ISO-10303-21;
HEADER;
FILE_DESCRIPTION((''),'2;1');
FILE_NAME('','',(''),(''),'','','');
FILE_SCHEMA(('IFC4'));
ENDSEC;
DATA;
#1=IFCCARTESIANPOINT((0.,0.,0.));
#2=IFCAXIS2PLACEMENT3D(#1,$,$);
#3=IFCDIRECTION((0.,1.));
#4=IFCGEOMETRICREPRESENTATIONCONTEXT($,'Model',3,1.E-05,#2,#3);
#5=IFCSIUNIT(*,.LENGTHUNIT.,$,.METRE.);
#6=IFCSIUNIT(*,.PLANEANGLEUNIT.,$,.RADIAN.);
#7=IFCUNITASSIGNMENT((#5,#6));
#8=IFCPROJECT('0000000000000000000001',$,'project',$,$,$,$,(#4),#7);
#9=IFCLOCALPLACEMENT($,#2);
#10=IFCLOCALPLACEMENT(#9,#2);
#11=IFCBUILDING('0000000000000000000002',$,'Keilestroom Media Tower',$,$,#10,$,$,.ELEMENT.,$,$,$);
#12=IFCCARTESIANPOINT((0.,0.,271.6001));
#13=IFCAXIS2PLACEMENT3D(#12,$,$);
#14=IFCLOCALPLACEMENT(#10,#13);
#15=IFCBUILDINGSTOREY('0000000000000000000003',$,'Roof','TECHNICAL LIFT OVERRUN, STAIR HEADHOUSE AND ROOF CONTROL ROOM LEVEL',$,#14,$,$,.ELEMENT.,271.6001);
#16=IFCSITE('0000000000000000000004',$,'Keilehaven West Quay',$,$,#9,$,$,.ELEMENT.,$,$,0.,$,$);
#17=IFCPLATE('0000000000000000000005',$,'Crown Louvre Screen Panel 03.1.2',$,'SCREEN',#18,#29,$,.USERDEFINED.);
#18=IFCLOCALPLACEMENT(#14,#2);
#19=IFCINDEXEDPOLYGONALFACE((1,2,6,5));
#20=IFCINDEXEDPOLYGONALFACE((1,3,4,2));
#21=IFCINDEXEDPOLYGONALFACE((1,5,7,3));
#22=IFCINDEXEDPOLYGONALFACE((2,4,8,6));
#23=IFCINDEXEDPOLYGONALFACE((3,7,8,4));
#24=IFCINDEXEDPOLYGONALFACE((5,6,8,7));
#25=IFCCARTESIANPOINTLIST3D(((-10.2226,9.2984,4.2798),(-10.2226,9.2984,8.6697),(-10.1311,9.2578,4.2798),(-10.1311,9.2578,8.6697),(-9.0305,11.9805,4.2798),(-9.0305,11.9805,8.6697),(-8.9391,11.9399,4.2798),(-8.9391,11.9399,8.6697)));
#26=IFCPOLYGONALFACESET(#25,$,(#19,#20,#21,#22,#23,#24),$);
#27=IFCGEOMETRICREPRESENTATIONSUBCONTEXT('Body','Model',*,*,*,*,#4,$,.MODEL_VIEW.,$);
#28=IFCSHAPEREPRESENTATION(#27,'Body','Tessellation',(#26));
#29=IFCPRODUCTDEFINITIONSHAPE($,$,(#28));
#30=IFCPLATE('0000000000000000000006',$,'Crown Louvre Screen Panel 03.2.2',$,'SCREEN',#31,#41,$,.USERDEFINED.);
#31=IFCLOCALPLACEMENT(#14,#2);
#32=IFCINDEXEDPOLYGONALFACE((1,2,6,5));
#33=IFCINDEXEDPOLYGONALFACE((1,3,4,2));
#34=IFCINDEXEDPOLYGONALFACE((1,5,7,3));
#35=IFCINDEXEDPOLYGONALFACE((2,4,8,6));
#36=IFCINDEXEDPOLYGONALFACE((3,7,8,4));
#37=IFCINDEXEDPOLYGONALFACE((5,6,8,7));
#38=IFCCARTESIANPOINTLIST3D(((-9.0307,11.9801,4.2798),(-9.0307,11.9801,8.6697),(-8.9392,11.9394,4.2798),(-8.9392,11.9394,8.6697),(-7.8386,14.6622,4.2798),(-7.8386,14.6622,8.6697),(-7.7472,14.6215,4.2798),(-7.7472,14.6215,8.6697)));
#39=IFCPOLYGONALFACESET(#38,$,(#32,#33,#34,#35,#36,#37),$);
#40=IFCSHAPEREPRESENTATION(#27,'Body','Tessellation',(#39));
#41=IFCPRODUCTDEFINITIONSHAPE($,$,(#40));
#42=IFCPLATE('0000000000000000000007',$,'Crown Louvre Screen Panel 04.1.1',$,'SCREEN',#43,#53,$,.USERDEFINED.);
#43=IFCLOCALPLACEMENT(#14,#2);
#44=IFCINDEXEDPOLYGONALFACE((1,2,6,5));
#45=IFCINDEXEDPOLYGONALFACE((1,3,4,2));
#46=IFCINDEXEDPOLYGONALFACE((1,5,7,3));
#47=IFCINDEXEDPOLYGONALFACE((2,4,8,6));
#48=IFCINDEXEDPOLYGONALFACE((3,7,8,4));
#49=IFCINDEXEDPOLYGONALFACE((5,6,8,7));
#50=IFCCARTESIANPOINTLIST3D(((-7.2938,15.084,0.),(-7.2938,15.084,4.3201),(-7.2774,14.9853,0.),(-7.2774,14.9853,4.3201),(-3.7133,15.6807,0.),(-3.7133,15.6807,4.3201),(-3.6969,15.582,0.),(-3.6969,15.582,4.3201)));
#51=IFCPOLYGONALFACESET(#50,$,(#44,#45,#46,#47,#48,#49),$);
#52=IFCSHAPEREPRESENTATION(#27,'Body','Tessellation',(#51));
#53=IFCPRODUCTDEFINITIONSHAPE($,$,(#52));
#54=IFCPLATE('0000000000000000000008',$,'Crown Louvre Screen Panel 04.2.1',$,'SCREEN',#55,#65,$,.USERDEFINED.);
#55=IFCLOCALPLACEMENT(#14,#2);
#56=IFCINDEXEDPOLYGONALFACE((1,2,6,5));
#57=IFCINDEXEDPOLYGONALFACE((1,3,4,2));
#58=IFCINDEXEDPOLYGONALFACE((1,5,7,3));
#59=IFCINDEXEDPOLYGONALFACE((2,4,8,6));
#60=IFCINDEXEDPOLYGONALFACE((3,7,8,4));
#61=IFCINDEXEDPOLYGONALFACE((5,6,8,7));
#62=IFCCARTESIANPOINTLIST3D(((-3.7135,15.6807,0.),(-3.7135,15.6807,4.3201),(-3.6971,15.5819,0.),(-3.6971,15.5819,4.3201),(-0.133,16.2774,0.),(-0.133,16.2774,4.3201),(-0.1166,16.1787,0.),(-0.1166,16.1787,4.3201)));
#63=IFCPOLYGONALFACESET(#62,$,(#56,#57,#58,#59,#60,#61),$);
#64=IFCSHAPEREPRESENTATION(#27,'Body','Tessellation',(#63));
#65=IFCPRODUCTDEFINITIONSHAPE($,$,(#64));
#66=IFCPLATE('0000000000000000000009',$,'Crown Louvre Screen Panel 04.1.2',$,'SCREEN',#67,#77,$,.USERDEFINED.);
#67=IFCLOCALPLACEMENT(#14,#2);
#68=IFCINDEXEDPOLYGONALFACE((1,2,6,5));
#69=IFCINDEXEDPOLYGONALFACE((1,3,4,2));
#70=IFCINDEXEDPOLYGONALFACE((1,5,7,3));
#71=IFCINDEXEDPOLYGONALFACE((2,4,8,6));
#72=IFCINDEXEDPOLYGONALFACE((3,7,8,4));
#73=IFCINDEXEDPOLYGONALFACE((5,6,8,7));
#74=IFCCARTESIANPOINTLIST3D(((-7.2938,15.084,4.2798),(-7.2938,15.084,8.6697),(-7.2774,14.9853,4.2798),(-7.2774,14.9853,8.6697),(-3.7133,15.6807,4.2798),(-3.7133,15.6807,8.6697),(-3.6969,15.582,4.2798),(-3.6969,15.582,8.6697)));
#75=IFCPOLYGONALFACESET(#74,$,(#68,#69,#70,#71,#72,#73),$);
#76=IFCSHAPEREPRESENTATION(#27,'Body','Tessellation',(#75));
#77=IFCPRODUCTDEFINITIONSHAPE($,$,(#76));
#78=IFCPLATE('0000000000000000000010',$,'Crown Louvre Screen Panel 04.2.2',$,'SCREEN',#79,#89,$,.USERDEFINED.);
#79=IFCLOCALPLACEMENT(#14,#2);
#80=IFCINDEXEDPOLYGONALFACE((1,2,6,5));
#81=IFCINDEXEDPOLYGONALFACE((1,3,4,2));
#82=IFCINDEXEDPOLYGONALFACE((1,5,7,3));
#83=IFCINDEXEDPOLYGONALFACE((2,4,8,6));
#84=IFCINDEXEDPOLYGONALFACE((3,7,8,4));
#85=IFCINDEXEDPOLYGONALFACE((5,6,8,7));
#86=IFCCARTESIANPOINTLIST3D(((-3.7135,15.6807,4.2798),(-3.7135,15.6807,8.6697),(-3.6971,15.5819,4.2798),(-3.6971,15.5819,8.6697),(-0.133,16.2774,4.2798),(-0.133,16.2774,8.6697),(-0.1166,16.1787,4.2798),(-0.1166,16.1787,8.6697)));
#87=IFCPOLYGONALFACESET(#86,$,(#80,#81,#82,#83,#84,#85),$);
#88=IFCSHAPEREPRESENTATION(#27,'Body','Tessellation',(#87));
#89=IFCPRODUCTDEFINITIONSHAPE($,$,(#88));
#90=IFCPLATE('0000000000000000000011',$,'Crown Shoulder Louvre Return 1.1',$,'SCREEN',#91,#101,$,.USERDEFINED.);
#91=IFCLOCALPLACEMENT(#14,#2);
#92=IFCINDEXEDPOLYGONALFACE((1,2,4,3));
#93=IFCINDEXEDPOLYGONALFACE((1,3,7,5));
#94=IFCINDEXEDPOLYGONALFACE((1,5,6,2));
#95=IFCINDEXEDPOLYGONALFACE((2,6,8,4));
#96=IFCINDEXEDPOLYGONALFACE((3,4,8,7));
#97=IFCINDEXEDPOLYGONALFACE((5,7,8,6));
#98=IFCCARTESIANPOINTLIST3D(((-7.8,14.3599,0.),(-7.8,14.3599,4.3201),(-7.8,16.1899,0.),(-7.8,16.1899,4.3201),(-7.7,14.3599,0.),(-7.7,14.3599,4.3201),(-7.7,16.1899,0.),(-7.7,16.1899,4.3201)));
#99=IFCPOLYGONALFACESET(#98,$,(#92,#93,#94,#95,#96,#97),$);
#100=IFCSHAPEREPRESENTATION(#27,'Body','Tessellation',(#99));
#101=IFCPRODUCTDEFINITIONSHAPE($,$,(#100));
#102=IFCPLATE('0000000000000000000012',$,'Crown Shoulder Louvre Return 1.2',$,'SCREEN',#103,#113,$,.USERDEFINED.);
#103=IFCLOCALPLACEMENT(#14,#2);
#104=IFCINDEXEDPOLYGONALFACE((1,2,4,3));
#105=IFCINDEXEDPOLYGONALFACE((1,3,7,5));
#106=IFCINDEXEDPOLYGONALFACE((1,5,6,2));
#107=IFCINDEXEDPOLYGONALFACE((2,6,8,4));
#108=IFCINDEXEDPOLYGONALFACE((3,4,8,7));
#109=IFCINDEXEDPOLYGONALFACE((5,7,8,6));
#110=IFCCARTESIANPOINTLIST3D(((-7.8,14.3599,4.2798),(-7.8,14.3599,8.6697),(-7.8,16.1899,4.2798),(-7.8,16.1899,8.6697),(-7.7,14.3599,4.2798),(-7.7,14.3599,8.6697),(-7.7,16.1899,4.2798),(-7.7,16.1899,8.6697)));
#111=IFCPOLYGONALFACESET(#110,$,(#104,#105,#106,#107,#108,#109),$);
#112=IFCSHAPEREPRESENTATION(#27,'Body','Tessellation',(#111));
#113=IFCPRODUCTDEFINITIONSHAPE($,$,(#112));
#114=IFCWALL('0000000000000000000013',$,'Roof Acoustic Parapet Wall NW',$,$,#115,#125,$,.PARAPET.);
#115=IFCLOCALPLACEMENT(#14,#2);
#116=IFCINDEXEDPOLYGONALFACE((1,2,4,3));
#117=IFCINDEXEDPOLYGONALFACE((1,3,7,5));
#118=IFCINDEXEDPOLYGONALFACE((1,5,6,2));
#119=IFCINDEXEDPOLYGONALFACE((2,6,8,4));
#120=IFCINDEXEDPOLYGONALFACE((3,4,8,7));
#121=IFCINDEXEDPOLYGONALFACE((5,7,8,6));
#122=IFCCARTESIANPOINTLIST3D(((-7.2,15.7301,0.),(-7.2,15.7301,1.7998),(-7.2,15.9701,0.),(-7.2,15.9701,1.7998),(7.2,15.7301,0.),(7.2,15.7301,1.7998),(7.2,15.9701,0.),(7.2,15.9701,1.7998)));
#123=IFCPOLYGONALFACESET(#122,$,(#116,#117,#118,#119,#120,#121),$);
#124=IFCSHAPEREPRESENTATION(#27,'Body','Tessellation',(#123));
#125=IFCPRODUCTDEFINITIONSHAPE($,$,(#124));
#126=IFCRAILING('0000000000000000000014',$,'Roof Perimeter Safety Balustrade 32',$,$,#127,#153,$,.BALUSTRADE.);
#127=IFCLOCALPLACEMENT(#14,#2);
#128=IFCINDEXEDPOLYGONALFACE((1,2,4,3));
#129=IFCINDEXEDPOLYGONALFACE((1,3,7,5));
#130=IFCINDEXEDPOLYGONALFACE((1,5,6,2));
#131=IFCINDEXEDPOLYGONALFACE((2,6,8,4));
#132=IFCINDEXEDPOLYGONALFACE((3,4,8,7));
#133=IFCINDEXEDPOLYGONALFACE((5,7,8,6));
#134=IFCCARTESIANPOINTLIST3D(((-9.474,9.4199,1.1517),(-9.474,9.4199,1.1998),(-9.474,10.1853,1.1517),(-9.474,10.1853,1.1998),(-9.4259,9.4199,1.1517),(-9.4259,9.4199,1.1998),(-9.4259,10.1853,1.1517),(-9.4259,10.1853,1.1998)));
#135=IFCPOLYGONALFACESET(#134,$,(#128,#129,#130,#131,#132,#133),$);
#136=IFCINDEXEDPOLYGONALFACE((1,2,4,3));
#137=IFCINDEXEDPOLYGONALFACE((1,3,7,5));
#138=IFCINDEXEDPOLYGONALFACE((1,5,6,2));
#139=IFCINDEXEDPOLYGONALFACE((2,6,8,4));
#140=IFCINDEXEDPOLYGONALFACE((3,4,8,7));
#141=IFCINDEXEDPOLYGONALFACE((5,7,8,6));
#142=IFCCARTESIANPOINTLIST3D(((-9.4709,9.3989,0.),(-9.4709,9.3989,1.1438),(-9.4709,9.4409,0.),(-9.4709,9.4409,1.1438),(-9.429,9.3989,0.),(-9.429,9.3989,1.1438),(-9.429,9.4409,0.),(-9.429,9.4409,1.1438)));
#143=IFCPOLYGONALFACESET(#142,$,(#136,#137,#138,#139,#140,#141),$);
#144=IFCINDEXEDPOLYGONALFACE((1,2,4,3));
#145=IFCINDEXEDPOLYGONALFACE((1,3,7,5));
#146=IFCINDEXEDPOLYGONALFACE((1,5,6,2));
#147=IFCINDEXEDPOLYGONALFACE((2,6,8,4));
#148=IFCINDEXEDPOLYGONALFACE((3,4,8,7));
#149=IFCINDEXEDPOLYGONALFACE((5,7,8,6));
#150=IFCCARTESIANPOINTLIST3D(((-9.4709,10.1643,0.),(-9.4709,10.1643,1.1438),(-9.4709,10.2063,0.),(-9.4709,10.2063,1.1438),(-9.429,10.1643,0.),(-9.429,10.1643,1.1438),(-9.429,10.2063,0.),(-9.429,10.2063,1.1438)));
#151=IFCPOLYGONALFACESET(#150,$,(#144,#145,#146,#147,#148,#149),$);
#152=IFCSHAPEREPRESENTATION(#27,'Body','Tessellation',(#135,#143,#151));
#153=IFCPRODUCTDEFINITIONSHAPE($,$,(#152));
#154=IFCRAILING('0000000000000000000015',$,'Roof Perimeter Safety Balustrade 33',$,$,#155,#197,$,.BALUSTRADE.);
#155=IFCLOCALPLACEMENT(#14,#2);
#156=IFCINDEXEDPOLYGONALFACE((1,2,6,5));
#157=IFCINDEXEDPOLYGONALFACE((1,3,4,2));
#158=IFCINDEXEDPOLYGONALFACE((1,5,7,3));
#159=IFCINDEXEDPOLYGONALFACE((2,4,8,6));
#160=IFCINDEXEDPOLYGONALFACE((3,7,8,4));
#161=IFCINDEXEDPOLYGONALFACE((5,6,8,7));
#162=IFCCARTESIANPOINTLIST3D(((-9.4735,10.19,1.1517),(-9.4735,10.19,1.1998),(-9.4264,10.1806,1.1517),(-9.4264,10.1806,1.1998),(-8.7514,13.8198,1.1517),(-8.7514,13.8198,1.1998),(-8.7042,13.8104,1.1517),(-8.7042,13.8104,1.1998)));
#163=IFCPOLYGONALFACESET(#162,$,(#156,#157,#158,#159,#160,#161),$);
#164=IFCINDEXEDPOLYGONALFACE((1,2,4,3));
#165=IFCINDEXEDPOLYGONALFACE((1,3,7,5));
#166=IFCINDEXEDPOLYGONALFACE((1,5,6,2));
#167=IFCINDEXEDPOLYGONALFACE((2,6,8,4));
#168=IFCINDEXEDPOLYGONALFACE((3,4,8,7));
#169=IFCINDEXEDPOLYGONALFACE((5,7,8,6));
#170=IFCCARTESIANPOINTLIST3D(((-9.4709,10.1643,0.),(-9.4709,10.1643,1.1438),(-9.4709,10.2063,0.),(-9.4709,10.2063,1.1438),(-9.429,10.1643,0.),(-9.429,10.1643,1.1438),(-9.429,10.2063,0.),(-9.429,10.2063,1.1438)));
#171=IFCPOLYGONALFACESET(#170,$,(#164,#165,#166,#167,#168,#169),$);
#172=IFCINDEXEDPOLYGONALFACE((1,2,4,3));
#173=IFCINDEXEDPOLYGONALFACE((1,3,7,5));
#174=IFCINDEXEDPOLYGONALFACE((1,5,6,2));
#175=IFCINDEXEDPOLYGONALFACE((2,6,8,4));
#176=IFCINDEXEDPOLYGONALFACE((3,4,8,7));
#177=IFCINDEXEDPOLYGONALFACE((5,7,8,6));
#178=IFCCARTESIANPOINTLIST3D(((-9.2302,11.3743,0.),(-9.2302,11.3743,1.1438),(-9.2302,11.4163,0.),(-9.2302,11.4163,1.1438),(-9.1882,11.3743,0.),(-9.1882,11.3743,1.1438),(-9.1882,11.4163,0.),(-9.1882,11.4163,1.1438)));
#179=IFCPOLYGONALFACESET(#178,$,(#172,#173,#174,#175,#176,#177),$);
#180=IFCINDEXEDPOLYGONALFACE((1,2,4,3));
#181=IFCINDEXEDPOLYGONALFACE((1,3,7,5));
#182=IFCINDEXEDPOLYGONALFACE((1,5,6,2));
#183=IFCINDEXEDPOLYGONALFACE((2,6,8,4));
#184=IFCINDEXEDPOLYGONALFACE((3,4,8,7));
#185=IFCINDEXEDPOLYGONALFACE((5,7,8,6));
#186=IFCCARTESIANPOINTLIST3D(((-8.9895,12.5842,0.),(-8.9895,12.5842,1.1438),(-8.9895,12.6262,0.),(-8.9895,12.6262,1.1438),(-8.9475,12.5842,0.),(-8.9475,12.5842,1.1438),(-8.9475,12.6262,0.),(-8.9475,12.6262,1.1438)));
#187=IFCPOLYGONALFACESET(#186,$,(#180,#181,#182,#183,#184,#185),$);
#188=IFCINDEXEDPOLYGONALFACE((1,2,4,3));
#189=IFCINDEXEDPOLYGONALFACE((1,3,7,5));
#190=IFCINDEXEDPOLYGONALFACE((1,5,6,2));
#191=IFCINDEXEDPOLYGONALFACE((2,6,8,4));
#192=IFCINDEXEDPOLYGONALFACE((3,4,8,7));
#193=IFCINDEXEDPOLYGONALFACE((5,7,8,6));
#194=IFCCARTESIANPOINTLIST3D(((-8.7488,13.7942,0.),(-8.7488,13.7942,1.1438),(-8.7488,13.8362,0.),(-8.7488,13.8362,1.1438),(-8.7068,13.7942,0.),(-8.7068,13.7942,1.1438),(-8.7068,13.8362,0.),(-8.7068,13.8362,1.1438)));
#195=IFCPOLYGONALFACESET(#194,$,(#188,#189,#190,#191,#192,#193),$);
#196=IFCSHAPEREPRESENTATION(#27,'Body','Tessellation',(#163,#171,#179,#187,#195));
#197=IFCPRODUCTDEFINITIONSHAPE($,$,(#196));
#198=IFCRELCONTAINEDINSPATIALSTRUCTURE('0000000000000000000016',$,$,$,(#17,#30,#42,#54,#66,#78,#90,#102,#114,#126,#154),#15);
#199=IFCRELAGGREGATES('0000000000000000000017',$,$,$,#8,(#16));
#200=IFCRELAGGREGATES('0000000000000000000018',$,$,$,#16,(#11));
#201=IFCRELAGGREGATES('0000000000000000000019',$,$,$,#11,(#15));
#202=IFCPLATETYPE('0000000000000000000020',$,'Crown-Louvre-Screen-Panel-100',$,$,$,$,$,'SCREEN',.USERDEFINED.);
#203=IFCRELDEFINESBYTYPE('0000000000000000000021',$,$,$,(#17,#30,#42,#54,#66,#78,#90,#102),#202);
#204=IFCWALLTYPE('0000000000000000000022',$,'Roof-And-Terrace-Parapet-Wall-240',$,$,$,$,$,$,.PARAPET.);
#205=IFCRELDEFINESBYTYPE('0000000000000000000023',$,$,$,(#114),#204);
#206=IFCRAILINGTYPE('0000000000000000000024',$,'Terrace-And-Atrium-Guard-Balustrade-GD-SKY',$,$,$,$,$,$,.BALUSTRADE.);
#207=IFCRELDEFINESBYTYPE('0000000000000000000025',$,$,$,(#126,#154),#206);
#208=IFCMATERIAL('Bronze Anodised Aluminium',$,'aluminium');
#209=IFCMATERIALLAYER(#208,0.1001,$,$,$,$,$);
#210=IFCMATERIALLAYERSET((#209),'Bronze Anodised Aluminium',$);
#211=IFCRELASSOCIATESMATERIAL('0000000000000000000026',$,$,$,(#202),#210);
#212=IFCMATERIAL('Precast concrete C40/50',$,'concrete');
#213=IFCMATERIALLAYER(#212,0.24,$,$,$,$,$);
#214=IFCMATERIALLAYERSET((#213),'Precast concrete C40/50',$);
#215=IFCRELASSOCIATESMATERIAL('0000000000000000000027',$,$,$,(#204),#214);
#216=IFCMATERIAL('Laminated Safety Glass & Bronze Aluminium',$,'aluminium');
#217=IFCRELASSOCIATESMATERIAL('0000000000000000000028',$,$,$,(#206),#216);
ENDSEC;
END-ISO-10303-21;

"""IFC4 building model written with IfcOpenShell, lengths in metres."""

from ifc_helpers import new_model, si_unit, direction, frame, frame_2d, origin, origin_2d, place, context, subcontext, project, spatial, rectangle, extrude, source, transform, mapped, material, layer, layer_set, type_object, element, save


model = new_model("IFC4")

# Units and contexts
model_context = context("Model", 3, precision=1e-05, world=origin(), true_north=direction((0.0, 1.0)))
body_context = subcontext(model_context, "Body", "Model", "MODEL_VIEW")
ifc_project = project(units=[si_unit("LENGTHUNIT", "METRE"), si_unit("PLANEANGLEUNIT", "RADIAN")], contexts=[model_context])

# Site, building, storey
site_placement = place(None, origin())
site = spatial("IfcSite", under=ifc_project, at=site_placement, Name="Keilehaven West Quay", CompositionType="ELEMENT", RefElevation=0.0)
building_placement = place(site_placement, origin())
building = spatial("IfcBuilding", under=site, at=building_placement, Name="Keilestroom Media Tower", CompositionType="ELEMENT")
storey_placement = place(building_placement, frame((0.0, 0.0, 271.6001)))
storey = spatial("IfcBuildingStorey", under=building, at=storey_placement, Name="Roof", Description="TECHNICAL LIFT OVERRUN, STAIR HEADHOUSE AND ROOF CONTROL ROOM LEVEL", CompositionType="ELEMENT", Elevation=271.6001)

# Shared definitions
ifc_material_1 = material(Name="Precast concrete C40/50", Category="concrete")

# Plates
ifc_material_2 = material(Name="Bronze Anodised Aluminium", Category="aluminium")
ifc_layer_1 = layer(ifc_material_2, 0.1001)
ifc_layer_set_1 = layer_set([ifc_layer_1], Name="Bronze Anodised Aluminium")
plate_type_1 = type_object("IfcPlateType", Name="Crown-Louvre-Screen-Panel-100", ElementType="SCREEN", PredefinedType="USERDEFINED", material=ifc_layer_set_1)
shared_shape_1 = source(origin(), body_context, "Body", "SweptSolid", [
    extrude(rectangle(XDim=2.9351, YDim=0.1001, at=origin_2d()), origin(), (0.0, 0.0, 1.0), 4.3899),
])
for number, where, z_axis, x_axis, name in (
    (1, (-9.5808, 10.6191, 4.2798), (0.0, 0.0, 1.0), (0.406139, 0.913811, 0.0), "Crown Louvre Screen Panel 03.1.2"),
    (2, (-8.3889, 13.3008, 4.2798), (0.0, 0.0, 1.0), (0.406139, 0.913811, 0.0), "Crown Louvre Screen Panel 03.2.2"),
):
    element("IfcPlate", number, at=place(storey_placement, frame(where, z_axis=z_axis, x_axis=x_axis)), inside=storey, type_object=plate_type_1, Name=name, ObjectType="SCREEN", PredefinedType="USERDEFINED", context=body_context, shape_type="MappedRepresentation", body=[
        mapped(shared_shape_1, transform((0.0, 0.0, 0.0), x_axis=(1.0, 0.0, 0.0), y_axis=(0.0, 1.0, 0.0), z_axis=(0.0, 0.0, 1.0), scale=1.0)),
    ])
shared_shape_2 = source(origin(), body_context, "Body", "SweptSolid", [
    extrude(rectangle(XDim=3.6299, YDim=0.1001, at=origin_2d()), origin(), (0.0, 0.0, 1.0), 4.3201),
])
for number, where, z_axis, x_axis, name in (
    (3, (-5.4954, 15.333, 0.0), (0.0, 0.0, 1.0), (0.986394, 0.164399, 0.0), "Crown Louvre Screen Panel 04.1.1"),
    (4, (-1.915, 15.9297, 0.0), (0.0, 0.0, 1.0), (0.986394, 0.164399, 0.0), "Crown Louvre Screen Panel 04.2.1"),
):
    element("IfcPlate", number, at=place(storey_placement, frame(where, z_axis=z_axis, x_axis=x_axis)), inside=storey, type_object=plate_type_1, Name=name, ObjectType="SCREEN", PredefinedType="USERDEFINED", context=body_context, shape_type="MappedRepresentation", body=[
        mapped(shared_shape_2, transform((0.0, 0.0, 0.0), x_axis=(1.0, 0.0, 0.0), y_axis=(0.0, 1.0, 0.0), z_axis=(0.0, 0.0, 1.0), scale=1.0)),
    ])
shared_shape_3 = source(origin(), body_context, "Body", "SweptSolid", [
    extrude(rectangle(XDim=3.6299, YDim=0.1001, at=origin_2d()), origin(), (0.0, 0.0, 1.0), 4.3899),
])
for number, where, z_axis, x_axis, name in (
    (5, (-5.4954, 15.333, 4.2798), (0.0, 0.0, 1.0), (0.986394, 0.164399, 0.0), "Crown Louvre Screen Panel 04.1.2"),
    (6, (-1.915, 15.9297, 4.2798), (0.0, 0.0, 1.0), (0.986394, 0.164399, 0.0), "Crown Louvre Screen Panel 04.2.2"),
):
    element("IfcPlate", number, at=place(storey_placement, frame(where, z_axis=z_axis, x_axis=x_axis)), inside=storey, type_object=plate_type_1, Name=name, ObjectType="SCREEN", PredefinedType="USERDEFINED", context=body_context, shape_type="MappedRepresentation", body=[
        mapped(shared_shape_3, transform((0.0, 0.0, 0.0), x_axis=(1.0, 0.0, 0.0), y_axis=(0.0, 1.0, 0.0), z_axis=(0.0, 0.0, 1.0), scale=1.0)),
    ])
shared_shape_4 = source(origin(), body_context, "Body", "SweptSolid", [
    extrude(rectangle(XDim=1.8301, YDim=0.1001, at=origin_2d()), origin(), (0.0, 0.0, 1.0), 4.3201),
])
plate_1_placement = place(storey_placement, frame((-7.75, 15.2749, 0.0), z_axis=(0.0, 0.0, 1.0), x_axis=(0.0, 1.0, 0.0)))
element("IfcPlate", 7, at=plate_1_placement, inside=storey, type_object=plate_type_1, Name="Crown Shoulder Louvre Return 1.1", ObjectType="SCREEN", PredefinedType="USERDEFINED", context=body_context, shape_type="MappedRepresentation", body=[
    mapped(shared_shape_4, transform((0.0, 0.0, 0.0), x_axis=(1.0, 0.0, 0.0), y_axis=(0.0, 1.0, 0.0), z_axis=(0.0, 0.0, 1.0), scale=1.0)),
])
shared_shape_5 = source(origin(), body_context, "Body", "SweptSolid", [
    extrude(rectangle(XDim=1.8301, YDim=0.1001, at=origin_2d()), origin(), (0.0, 0.0, 1.0), 4.3899),
])
plate_2_placement = place(storey_placement, frame((-7.75, 15.2749, 4.2798), z_axis=(0.0, 0.0, 1.0), x_axis=(0.0, 1.0, 0.0)))
element("IfcPlate", 8, at=plate_2_placement, inside=storey, type_object=plate_type_1, Name="Crown Shoulder Louvre Return 1.2", ObjectType="SCREEN", PredefinedType="USERDEFINED", context=body_context, shape_type="MappedRepresentation", body=[
    mapped(shared_shape_5, transform((0.0, 0.0, 0.0), x_axis=(1.0, 0.0, 0.0), y_axis=(0.0, 1.0, 0.0), z_axis=(0.0, 0.0, 1.0), scale=1.0)),
])

# Wall
ifc_layer_2 = layer(ifc_material_1, 0.24)
ifc_layer_set_2 = layer_set([ifc_layer_2], Name="Precast concrete C40/50")
wall_type = type_object("IfcWallType", Name="Roof-And-Terrace-Parapet-Wall-240", PredefinedType="PARAPET", material=ifc_layer_set_2)
wall_placement = place(storey_placement, frame((-7.2, 15.8501, 0.0), z_axis=(0.0, 0.0, 1.0), x_axis=(1.0, 0.0, 0.0)))
element("IfcWall", 9, at=wall_placement, inside=storey, type_object=wall_type, Name="Roof Acoustic Parapet Wall NW", PredefinedType="PARAPET", context=body_context, shape_type="SweptSolid", body=[
    extrude(rectangle(XDim=14.3999, YDim=0.24, at=frame_2d((7.2, 0.0))), origin(), (0.0, 0.0, 1.0), 1.7998),
])

# Railings
ifc_material_3 = material(Name="Laminated Safety Glass & Bronze Aluminium", Category="aluminium")
railing_type = type_object("IfcRailingType", Name="Terrace-And-Atrium-Guard-Balustrade-GD-SKY", PredefinedType="BALUSTRADE", material=ifc_material_3)
railing_1_placement = place(storey_placement, frame((-9.45, 9.4199, 0.0)))
element("IfcRailing", 10, at=railing_1_placement, inside=storey, type_object=railing_type, Name="Roof Perimeter Safety Balustrade 32", PredefinedType="BALUSTRADE", context=body_context, shape_type="SweptSolid", body=[
    extrude(rectangle(XDim=0.0481, YDim=0.0481, at=origin_2d()), frame((0.0, 0.0, 1.1758), z_axis=(0.0, 1.0, 0.0), x_axis=(-1.0, 0.0, 0.0)), (0.0, 0.0, 1.0), 0.7654),
    extrude(rectangle(XDim=0.042, YDim=0.042, at=origin_2d()), origin(), (0.0, 0.0, 1.0), 1.1438),
    extrude(rectangle(XDim=0.042, YDim=0.042, at=origin_2d()), frame((0.0, 0.7654, 0.0)), (0.0, 0.0, 1.0), 1.1438),
])
railing_2_placement = place(storey_placement, frame((-9.45, 10.1853, 0.0)))
element("IfcRailing", 11, at=railing_2_placement, inside=storey, type_object=railing_type, Name="Roof Perimeter Safety Balustrade 33", PredefinedType="BALUSTRADE", context=body_context, shape_type="SweptSolid", body=[
    extrude(rectangle(XDim=0.0481, YDim=0.0481, at=origin_2d()), frame((0.0, 0.0, 1.1758), z_axis=(0.195127, 0.980778, 0.0), x_axis=(-0.980778, 0.195127, 0.0)), (0.0, 0.0, 1.0), 3.7009),
    extrude(rectangle(XDim=0.042, YDim=0.042, at=origin_2d()), origin(), (0.0, 0.0, 1.0), 1.1438),
    extrude(rectangle(XDim=0.042, YDim=0.042, at=origin_2d()), frame((0.2407, 1.21, 0.0)), (0.0, 0.0, 1.0), 1.1438),
    extrude(rectangle(XDim=0.042, YDim=0.042, at=origin_2d()), frame((0.4814, 2.4199, 0.0)), (0.0, 0.0, 1.0), 1.1438),
    extrude(rectangle(XDim=0.042, YDim=0.042, at=origin_2d()), frame((0.7222, 3.6299, 0.0)), (0.0, 0.0, 1.0), 1.1438),
])

save(model, "model.ifc")
